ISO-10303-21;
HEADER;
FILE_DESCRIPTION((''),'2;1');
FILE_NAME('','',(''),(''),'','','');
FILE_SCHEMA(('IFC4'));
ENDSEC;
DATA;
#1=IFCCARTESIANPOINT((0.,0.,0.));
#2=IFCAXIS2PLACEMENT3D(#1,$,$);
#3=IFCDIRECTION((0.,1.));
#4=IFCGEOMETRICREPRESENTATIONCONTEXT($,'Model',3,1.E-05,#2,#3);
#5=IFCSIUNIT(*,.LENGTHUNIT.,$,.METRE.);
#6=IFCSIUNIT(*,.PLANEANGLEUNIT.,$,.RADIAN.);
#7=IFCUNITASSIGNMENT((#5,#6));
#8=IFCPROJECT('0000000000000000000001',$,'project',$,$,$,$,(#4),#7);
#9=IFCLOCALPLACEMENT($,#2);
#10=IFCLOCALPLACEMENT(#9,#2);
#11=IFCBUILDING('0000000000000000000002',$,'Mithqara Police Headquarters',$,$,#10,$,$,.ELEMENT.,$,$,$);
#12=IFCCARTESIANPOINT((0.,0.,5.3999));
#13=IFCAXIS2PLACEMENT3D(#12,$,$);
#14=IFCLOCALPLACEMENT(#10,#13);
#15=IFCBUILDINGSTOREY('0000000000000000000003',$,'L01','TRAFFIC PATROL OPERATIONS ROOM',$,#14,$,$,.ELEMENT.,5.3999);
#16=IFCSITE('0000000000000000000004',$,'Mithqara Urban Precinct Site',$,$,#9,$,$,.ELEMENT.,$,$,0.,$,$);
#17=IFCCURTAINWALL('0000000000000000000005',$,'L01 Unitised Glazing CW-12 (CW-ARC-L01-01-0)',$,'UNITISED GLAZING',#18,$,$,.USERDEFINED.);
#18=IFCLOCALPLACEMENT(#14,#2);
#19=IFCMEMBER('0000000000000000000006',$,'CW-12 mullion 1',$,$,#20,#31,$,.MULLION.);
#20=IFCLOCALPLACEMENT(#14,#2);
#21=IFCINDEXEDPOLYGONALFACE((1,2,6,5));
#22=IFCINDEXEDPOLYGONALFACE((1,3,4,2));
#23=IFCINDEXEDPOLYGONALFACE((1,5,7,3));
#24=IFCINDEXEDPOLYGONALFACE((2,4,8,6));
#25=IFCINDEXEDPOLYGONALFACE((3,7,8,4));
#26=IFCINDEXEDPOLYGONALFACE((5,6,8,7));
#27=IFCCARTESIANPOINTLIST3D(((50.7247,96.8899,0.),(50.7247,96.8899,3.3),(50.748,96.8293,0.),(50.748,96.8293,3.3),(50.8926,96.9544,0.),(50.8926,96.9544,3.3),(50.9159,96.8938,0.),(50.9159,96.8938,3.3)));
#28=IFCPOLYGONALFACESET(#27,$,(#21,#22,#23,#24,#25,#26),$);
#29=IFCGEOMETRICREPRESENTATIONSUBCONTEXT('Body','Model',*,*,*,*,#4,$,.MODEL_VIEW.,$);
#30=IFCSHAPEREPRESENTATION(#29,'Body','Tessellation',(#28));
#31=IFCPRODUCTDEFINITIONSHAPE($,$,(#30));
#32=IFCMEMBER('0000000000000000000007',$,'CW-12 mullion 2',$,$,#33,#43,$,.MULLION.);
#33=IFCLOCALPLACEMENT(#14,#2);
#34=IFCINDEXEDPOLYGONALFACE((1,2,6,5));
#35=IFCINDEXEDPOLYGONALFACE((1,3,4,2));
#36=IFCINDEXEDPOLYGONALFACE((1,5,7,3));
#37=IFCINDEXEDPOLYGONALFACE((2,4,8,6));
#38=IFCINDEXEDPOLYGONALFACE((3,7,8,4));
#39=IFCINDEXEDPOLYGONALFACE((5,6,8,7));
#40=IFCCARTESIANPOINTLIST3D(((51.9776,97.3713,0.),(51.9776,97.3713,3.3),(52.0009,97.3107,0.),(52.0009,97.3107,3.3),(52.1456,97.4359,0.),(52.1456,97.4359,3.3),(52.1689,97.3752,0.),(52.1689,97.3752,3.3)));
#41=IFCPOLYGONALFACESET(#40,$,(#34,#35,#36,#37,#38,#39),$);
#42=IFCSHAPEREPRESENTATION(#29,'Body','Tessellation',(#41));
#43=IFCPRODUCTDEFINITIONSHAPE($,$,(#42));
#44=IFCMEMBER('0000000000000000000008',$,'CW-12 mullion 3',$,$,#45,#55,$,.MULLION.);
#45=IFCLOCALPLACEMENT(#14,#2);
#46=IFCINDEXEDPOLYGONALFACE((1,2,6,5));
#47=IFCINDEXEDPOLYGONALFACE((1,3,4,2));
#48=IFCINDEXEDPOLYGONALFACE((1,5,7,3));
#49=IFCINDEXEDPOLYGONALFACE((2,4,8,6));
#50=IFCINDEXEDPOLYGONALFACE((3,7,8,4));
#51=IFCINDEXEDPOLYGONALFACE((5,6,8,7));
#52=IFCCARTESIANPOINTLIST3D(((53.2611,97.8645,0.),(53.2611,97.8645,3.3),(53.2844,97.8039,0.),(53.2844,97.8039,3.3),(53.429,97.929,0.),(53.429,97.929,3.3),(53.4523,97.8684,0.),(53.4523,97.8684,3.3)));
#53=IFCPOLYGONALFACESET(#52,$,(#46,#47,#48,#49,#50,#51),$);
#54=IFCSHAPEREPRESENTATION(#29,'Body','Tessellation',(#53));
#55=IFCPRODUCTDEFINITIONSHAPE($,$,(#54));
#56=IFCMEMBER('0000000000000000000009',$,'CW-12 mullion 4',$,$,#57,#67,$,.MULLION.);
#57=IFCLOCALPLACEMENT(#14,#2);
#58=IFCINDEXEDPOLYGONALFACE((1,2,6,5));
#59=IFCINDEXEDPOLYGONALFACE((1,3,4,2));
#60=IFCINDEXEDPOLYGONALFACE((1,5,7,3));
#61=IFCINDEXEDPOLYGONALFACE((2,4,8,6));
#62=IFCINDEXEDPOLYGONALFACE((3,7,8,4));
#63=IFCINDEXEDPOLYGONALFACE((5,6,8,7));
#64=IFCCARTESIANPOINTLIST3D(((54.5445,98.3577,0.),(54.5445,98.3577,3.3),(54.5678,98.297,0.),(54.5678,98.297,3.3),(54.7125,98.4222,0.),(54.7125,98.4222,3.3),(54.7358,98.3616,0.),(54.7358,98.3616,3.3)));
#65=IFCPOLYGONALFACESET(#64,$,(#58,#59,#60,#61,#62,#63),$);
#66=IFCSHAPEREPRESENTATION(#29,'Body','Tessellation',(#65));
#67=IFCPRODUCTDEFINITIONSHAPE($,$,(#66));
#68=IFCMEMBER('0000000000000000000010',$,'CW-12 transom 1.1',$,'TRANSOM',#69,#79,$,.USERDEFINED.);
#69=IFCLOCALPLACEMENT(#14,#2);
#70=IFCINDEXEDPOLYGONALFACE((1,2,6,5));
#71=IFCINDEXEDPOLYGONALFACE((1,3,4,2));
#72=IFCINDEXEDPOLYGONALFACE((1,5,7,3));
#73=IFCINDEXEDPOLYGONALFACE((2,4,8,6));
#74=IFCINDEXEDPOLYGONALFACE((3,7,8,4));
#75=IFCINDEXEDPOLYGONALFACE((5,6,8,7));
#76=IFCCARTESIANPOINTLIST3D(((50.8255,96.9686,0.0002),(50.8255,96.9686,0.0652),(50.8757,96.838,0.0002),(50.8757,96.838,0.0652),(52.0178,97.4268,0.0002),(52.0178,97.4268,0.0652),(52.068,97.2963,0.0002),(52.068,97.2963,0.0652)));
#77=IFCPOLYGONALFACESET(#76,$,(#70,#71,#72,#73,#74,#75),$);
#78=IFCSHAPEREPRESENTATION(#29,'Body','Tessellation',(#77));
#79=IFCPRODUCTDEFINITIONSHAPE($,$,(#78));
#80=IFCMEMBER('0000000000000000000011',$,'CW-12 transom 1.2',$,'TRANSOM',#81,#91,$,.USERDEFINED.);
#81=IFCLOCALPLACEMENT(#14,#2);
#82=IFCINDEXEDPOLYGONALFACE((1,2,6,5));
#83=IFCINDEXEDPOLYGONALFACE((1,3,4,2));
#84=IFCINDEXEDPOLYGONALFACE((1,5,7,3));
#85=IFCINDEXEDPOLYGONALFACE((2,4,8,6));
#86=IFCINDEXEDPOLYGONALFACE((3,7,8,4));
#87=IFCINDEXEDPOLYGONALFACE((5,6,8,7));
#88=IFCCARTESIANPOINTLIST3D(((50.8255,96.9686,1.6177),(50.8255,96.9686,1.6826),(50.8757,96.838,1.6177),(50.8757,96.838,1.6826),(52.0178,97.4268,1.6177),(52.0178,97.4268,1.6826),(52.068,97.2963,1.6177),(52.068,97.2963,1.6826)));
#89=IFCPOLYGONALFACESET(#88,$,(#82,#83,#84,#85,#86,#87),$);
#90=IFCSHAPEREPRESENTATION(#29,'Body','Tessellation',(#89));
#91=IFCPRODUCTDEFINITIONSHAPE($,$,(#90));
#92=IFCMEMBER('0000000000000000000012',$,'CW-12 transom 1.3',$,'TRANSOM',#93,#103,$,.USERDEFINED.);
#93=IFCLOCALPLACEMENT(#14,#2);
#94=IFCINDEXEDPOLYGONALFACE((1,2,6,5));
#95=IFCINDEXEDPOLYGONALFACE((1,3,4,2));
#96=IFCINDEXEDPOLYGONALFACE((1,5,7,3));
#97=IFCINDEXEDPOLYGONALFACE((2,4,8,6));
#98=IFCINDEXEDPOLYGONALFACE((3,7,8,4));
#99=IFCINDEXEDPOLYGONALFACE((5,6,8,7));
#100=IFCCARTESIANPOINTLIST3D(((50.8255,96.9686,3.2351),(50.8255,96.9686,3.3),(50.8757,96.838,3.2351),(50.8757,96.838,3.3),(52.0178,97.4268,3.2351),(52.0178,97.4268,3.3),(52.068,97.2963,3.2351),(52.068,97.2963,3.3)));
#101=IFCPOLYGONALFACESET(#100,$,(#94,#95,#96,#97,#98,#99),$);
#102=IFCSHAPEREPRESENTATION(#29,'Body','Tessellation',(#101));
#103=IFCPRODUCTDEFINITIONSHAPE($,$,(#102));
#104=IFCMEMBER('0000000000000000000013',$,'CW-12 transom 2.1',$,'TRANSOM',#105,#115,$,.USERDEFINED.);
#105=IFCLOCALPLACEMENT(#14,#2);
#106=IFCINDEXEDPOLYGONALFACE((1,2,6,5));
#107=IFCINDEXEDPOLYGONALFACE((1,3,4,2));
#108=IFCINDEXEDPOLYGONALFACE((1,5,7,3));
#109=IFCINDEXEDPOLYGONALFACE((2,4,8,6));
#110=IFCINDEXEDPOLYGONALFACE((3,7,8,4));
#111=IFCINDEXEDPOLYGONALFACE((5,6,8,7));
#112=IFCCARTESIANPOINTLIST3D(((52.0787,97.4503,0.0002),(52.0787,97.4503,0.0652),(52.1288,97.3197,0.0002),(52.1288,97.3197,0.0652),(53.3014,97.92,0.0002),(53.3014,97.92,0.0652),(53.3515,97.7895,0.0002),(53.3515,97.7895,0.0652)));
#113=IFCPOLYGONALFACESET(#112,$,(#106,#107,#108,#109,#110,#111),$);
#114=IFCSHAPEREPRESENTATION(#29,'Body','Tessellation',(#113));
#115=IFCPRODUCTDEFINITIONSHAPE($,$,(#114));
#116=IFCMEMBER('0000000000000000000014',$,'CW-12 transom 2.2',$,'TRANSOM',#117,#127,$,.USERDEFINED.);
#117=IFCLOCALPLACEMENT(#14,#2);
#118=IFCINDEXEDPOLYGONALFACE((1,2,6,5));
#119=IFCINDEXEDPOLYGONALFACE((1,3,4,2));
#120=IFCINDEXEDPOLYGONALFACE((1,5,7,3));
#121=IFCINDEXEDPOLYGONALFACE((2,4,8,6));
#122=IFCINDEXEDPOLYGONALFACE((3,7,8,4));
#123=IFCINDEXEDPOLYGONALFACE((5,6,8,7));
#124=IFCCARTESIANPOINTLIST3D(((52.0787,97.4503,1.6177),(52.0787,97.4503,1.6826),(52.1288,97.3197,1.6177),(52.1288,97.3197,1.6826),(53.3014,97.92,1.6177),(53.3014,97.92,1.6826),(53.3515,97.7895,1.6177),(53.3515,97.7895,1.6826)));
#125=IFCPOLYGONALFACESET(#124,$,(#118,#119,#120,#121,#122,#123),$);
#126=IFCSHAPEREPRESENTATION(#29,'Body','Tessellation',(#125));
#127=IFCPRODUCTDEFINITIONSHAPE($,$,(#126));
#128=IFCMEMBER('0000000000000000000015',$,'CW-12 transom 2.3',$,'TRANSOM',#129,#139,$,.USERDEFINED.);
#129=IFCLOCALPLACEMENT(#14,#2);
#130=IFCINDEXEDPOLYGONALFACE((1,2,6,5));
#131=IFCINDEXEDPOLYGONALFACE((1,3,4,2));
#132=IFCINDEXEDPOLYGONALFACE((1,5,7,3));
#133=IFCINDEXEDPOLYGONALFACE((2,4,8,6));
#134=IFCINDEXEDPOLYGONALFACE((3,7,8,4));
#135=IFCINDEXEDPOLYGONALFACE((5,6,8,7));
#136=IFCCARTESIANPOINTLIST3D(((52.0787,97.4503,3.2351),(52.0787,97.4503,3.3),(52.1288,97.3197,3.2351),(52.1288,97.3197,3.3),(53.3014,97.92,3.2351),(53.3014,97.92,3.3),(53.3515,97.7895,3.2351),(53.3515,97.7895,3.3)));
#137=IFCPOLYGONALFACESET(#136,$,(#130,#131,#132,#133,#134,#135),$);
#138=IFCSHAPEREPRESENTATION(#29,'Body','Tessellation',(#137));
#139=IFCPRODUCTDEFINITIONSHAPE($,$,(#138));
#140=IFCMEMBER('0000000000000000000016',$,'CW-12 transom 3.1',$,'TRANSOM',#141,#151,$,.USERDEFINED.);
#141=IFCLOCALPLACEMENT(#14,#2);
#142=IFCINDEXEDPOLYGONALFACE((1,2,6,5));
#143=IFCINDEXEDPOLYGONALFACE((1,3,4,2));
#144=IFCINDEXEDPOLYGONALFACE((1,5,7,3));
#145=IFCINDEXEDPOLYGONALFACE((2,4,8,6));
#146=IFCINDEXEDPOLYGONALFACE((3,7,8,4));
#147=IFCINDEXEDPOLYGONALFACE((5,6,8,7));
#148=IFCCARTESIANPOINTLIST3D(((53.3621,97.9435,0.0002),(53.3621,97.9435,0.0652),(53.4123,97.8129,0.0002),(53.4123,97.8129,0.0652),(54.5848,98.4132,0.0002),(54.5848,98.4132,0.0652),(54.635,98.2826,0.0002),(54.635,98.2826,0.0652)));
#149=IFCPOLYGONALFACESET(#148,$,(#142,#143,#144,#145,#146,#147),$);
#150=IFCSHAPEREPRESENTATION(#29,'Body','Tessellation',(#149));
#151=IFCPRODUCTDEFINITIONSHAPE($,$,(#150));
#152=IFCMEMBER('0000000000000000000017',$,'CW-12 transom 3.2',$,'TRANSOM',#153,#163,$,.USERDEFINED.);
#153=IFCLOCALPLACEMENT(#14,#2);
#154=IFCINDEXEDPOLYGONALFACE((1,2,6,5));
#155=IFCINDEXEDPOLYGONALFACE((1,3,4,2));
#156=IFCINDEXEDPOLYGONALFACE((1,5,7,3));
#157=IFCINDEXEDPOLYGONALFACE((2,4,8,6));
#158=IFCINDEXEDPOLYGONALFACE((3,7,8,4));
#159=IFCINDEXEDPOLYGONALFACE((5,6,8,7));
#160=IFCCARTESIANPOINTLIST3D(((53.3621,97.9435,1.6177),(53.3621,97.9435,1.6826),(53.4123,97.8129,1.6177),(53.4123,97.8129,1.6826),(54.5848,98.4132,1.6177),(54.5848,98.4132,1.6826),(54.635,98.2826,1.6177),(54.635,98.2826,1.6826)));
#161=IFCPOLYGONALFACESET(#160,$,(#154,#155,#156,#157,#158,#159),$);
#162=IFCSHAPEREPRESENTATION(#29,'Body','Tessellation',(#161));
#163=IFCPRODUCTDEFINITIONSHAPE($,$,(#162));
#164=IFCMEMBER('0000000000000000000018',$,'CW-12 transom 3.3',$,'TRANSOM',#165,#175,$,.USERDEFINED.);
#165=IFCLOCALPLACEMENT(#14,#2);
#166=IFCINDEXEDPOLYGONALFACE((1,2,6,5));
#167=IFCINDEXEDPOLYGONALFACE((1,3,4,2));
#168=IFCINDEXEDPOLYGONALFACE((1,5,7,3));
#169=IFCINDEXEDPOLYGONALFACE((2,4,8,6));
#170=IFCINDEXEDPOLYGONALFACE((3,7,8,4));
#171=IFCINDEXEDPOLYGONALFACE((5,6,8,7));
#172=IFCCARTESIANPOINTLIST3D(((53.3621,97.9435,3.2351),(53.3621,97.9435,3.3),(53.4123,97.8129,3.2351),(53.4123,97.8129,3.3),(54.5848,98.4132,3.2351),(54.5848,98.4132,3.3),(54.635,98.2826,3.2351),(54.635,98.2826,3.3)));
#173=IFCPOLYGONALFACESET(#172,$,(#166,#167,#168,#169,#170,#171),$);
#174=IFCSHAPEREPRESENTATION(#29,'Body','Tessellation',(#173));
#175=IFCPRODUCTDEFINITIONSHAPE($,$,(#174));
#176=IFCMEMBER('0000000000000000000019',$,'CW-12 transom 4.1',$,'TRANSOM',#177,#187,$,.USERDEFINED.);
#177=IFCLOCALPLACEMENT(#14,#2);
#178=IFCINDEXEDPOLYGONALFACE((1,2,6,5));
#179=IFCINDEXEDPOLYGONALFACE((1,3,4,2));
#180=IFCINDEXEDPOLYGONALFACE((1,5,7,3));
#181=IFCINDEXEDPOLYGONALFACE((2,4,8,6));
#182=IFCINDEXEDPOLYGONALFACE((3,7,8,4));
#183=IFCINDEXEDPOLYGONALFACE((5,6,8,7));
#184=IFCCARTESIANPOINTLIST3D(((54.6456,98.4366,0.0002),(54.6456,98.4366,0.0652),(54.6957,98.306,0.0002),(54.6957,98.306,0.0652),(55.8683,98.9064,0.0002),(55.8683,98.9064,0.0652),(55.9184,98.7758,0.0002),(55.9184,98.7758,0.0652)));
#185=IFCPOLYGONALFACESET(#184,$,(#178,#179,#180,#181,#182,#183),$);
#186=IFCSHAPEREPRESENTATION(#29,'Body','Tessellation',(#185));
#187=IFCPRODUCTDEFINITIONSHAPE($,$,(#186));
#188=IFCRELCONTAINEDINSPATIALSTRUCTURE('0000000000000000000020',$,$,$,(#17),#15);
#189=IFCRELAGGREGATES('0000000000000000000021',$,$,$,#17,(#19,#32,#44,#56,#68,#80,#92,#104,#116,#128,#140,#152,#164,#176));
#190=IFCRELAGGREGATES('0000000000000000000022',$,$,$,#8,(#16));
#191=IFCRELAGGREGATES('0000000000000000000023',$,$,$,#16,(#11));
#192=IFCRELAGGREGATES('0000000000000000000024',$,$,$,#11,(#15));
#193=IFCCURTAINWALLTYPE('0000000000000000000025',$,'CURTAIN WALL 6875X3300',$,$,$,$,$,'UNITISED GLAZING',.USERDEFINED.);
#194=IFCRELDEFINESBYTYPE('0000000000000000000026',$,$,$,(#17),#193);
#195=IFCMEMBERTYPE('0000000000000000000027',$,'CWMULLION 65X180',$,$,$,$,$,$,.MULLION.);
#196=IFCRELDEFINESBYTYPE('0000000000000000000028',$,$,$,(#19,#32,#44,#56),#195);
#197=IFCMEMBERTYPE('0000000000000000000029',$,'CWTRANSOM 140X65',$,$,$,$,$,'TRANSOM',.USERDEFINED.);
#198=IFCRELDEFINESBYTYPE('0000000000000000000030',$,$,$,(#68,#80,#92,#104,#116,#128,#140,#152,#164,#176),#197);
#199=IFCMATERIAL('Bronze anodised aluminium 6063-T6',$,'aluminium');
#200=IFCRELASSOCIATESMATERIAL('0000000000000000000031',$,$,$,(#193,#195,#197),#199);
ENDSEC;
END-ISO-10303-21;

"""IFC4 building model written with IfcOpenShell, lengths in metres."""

from ifc_helpers import new_model, si_unit, direction, frame, origin, origin_2d, place, context, subcontext, project, spatial, rectangle, extrude, material, material_profile, profile_set, type_object, element, aggregate, save


model = new_model("IFC4")

# Units and contexts
model_context = context("Model", 3, precision=1e-05, world=origin(), true_north=direction((0.0, 1.0)))
body_context = subcontext(model_context, "Body", "Model", "MODEL_VIEW")
ifc_project = project(units=[si_unit("LENGTHUNIT", "METRE"), si_unit("PLANEANGLEUNIT", "RADIAN")], contexts=[model_context])

# Site, building, storey
site_placement = place(None, origin())
site = spatial("IfcSite", under=ifc_project, at=site_placement, Name="Mithqara Urban Precinct Site", CompositionType="ELEMENT", RefElevation=0.0)
building_placement = place(site_placement, origin())
building = spatial("IfcBuilding", under=site, at=building_placement, Name="Mithqara Police Headquarters", CompositionType="ELEMENT")
storey_placement = place(building_placement, frame((0.0, 0.0, 5.3999)))
storey = spatial("IfcBuildingStorey", under=building, at=storey_placement, Name="L01", Description="TRAFFIC PATROL OPERATIONS ROOM", CompositionType="ELEMENT", Elevation=5.3999)

# Curtain wall, members
ifc_material_1 = material(Name="Bronze anodised aluminium 6063-T6", Category="aluminium")
curtain_wall_type = type_object("IfcCurtainWallType", Name="CURTAIN WALL 6875X3300", ElementType="UNITISED GLAZING", PredefinedType="USERDEFINED", material=ifc_material_1)
curtain_wall_placement = place(storey_placement, origin())
curtain_wall = element("IfcCurtainWall", 1, at=curtain_wall_placement, inside=storey, type_object=curtain_wall_type, Name="L01 Unitised Glazing CW-12 (CW-ARC-L01-01-0)", ObjectType="UNITISED GLAZING", PredefinedType="USERDEFINED")
ifc_material_profile_1 = material_profile(ifc_material_1, rectangle(XDim=0.0649, YDim=0.1799, at=origin_2d()), Name="CWM 65x180")
ifc_profile_set_1 = profile_set([ifc_material_profile_1], Name="Bronze anodised aluminium 6063-T6")
member_type_1 = type_object("IfcMemberType", Name="CWMULLION 65X180", PredefinedType="MULLION", material=ifc_profile_set_1)
member_1_placement = place(storey_placement, frame((50.8203, 96.8918, 0.0), z_axis=(0.0, 0.0, 1.0), x_axis=(-0.358681, 0.93346, 0.0)))
member_1 = element("IfcMember", 2, at=member_1_placement, type_object=member_type_1, Name="CW-12 mullion 1", PredefinedType="MULLION", context=body_context, shape_type="SweptSolid", body=[
    extrude(rectangle(XDim=0.0649, YDim=0.1799, at=origin_2d()), origin(), (0.0, 0.0, 1.0), 3.3),
])
member_2_placement = place(storey_placement, frame((52.0732, 97.3733, 0.0), z_axis=(0.0, 0.0, 1.0), x_axis=(-0.358681, 0.93346, 0.0)))
member_2 = element("IfcMember", 3, at=member_2_placement, type_object=member_type_1, Name="CW-12 mullion 2", PredefinedType="MULLION", context=body_context, shape_type="SweptSolid", body=[
    extrude(rectangle(XDim=0.0649, YDim=0.1799, at=origin_2d()), origin(), (0.0, 0.0, 1.0), 3.3),
])
member_3_placement = place(storey_placement, frame((53.3567, 97.8665, 0.0), z_axis=(0.0, 0.0, 1.0), x_axis=(-0.358681, 0.93346, 0.0)))
member_3 = element("IfcMember", 4, at=member_3_placement, type_object=member_type_1, Name="CW-12 mullion 3", PredefinedType="MULLION", context=body_context, shape_type="SweptSolid", body=[
    extrude(rectangle(XDim=0.0649, YDim=0.1799, at=origin_2d()), origin(), (0.0, 0.0, 1.0), 3.3),
])
member_4_placement = place(storey_placement, frame((54.6401, 98.3596, 0.0), z_axis=(0.0, 0.0, 1.0), x_axis=(-0.358681, 0.93346, 0.0)))
member_4 = element("IfcMember", 5, at=member_4_placement, type_object=member_type_1, Name="CW-12 mullion 4", PredefinedType="MULLION", context=body_context, shape_type="SweptSolid", body=[
    extrude(rectangle(XDim=0.0649, YDim=0.1799, at=origin_2d()), origin(), (0.0, 0.0, 1.0), 3.3),
])
ifc_material_profile_2 = material_profile(ifc_material_1, rectangle(XDim=0.1399, YDim=0.0649, at=origin_2d()), Name="CWT 140x65")
ifc_profile_set_2 = profile_set([ifc_material_profile_2], Name="Bronze anodised aluminium 6063-T6")
member_type_2 = type_object("IfcMemberType", Name="CWTRANSOM 140X65", ElementType="TRANSOM", PredefinedType="USERDEFINED", material=ifc_profile_set_2)
member_5_placement = place(storey_placement, frame((50.8506, 96.9033, 0.0327), z_axis=(0.933439, 0.358736, 0.0), x_axis=(-0.358736, 0.933439, 0.0)))
member_5 = element("IfcMember", 6, at=member_5_placement, type_object=member_type_2, Name="CW-12 transom 1.1", ObjectType="TRANSOM", PredefinedType="USERDEFINED", context=body_context, shape_type="SweptSolid", body=[
    extrude(rectangle(XDim=0.1399, YDim=0.0649, at=origin_2d()), origin(), (0.0, 0.0, 1.0), 1.2773),
])
member_6_placement = place(storey_placement, frame((50.8506, 96.9033, 1.6501), z_axis=(0.933439, 0.358736, 0.0), x_axis=(-0.358736, 0.933439, 0.0)))
member_6 = element("IfcMember", 7, at=member_6_placement, type_object=member_type_2, Name="CW-12 transom 1.2", ObjectType="TRANSOM", PredefinedType="USERDEFINED", context=body_context, shape_type="SweptSolid", body=[
    extrude(rectangle(XDim=0.1399, YDim=0.0649, at=origin_2d()), origin(), (0.0, 0.0, 1.0), 1.2773),
])
member_7_placement = place(storey_placement, frame((50.8506, 96.9033, 3.2676), z_axis=(0.933439, 0.358736, 0.0), x_axis=(-0.358736, 0.933439, 0.0)))
member_7 = element("IfcMember", 8, at=member_7_placement, type_object=member_type_2, Name="CW-12 transom 1.3", ObjectType="TRANSOM", PredefinedType="USERDEFINED", context=body_context, shape_type="SweptSolid", body=[
    extrude(rectangle(XDim=0.1399, YDim=0.0649, at=origin_2d()), origin(), (0.0, 0.0, 1.0), 1.2773),
])
member_8_placement = place(storey_placement, frame((52.1038, 97.385, 0.0327), z_axis=(0.93348, 0.358629, 0.0), x_axis=(-0.358629, 0.93348, 0.0)))
member_8 = element("IfcMember", 9, at=member_8_placement, type_object=member_type_2, Name="CW-12 transom 2.1", ObjectType="TRANSOM", PredefinedType="USERDEFINED", context=body_context, shape_type="SweptSolid", body=[
    extrude(rectangle(XDim=0.1399, YDim=0.0649, at=origin_2d()), origin(), (0.0, 0.0, 1.0), 1.3098),
])
member_9_placement = place(storey_placement, frame((52.1038, 97.385, 1.6501), z_axis=(0.93348, 0.358629, 0.0), x_axis=(-0.358629, 0.93348, 0.0)))
member_9 = element("IfcMember", 10, at=member_9_placement, type_object=member_type_2, Name="CW-12 transom 2.2", ObjectType="TRANSOM", PredefinedType="USERDEFINED", context=body_context, shape_type="SweptSolid", body=[
    extrude(rectangle(XDim=0.1399, YDim=0.0649, at=origin_2d()), origin(), (0.0, 0.0, 1.0), 1.3098),
])
member_10_placement = place(storey_placement, frame((52.1038, 97.385, 3.2676), z_axis=(0.93348, 0.358629, 0.0), x_axis=(-0.358629, 0.93348, 0.0)))
member_10 = element("IfcMember", 11, at=member_10_placement, type_object=member_type_2, Name="CW-12 transom 2.3", ObjectType="TRANSOM", PredefinedType="USERDEFINED", context=body_context, shape_type="SweptSolid", body=[
    extrude(rectangle(XDim=0.1399, YDim=0.0649, at=origin_2d()), origin(), (0.0, 0.0, 1.0), 1.3098),
])
member_11_placement = place(storey_placement, frame((53.3872, 97.8782, 0.0327), z_axis=(0.93348, 0.358629, 0.0), x_axis=(-0.358629, 0.93348, 0.0)))
member_11 = element("IfcMember", 12, at=member_11_placement, type_object=member_type_2, Name="CW-12 transom 3.1", ObjectType="TRANSOM", PredefinedType="USERDEFINED", context=body_context, shape_type="SweptSolid", body=[
    extrude(rectangle(XDim=0.1399, YDim=0.0649, at=origin_2d()), origin(), (0.0, 0.0, 1.0), 1.3098),
])
member_12_placement = place(storey_placement, frame((53.3872, 97.8782, 1.6501), z_axis=(0.93348, 0.358629, 0.0), x_axis=(-0.358629, 0.93348, 0.0)))
member_12 = element("IfcMember", 13, at=member_12_placement, type_object=member_type_2, Name="CW-12 transom 3.2", ObjectType="TRANSOM", PredefinedType="USERDEFINED", context=body_context, shape_type="SweptSolid", body=[
    extrude(rectangle(XDim=0.1399, YDim=0.0649, at=origin_2d()), origin(), (0.0, 0.0, 1.0), 1.3098),
])
member_13_placement = place(storey_placement, frame((53.3872, 97.8782, 3.2676), z_axis=(0.93348, 0.358629, 0.0), x_axis=(-0.358629, 0.93348, 0.0)))
member_13 = element("IfcMember", 14, at=member_13_placement, type_object=member_type_2, Name="CW-12 transom 3.3", ObjectType="TRANSOM", PredefinedType="USERDEFINED", context=body_context, shape_type="SweptSolid", body=[
    extrude(rectangle(XDim=0.1399, YDim=0.0649, at=origin_2d()), origin(), (0.0, 0.0, 1.0), 1.3098),
])
member_14_placement = place(storey_placement, frame((54.6707, 98.3713, 0.0327), z_axis=(0.93348, 0.358629, 0.0), x_axis=(-0.358629, 0.93348, 0.0)))
member_14 = element("IfcMember", 15, at=member_14_placement, type_object=member_type_2, Name="CW-12 transom 4.1", ObjectType="TRANSOM", PredefinedType="USERDEFINED", context=body_context, shape_type="SweptSolid", body=[
    extrude(rectangle(XDim=0.1399, YDim=0.0649, at=origin_2d()), origin(), (0.0, 0.0, 1.0), 1.3098),
])
aggregate(curtain_wall, [member_1, member_2, member_3, member_4, member_5, member_6, member_7, member_8, member_9, member_10, member_11, member_12, member_13, member_14])

save(model, "model.ifc")
